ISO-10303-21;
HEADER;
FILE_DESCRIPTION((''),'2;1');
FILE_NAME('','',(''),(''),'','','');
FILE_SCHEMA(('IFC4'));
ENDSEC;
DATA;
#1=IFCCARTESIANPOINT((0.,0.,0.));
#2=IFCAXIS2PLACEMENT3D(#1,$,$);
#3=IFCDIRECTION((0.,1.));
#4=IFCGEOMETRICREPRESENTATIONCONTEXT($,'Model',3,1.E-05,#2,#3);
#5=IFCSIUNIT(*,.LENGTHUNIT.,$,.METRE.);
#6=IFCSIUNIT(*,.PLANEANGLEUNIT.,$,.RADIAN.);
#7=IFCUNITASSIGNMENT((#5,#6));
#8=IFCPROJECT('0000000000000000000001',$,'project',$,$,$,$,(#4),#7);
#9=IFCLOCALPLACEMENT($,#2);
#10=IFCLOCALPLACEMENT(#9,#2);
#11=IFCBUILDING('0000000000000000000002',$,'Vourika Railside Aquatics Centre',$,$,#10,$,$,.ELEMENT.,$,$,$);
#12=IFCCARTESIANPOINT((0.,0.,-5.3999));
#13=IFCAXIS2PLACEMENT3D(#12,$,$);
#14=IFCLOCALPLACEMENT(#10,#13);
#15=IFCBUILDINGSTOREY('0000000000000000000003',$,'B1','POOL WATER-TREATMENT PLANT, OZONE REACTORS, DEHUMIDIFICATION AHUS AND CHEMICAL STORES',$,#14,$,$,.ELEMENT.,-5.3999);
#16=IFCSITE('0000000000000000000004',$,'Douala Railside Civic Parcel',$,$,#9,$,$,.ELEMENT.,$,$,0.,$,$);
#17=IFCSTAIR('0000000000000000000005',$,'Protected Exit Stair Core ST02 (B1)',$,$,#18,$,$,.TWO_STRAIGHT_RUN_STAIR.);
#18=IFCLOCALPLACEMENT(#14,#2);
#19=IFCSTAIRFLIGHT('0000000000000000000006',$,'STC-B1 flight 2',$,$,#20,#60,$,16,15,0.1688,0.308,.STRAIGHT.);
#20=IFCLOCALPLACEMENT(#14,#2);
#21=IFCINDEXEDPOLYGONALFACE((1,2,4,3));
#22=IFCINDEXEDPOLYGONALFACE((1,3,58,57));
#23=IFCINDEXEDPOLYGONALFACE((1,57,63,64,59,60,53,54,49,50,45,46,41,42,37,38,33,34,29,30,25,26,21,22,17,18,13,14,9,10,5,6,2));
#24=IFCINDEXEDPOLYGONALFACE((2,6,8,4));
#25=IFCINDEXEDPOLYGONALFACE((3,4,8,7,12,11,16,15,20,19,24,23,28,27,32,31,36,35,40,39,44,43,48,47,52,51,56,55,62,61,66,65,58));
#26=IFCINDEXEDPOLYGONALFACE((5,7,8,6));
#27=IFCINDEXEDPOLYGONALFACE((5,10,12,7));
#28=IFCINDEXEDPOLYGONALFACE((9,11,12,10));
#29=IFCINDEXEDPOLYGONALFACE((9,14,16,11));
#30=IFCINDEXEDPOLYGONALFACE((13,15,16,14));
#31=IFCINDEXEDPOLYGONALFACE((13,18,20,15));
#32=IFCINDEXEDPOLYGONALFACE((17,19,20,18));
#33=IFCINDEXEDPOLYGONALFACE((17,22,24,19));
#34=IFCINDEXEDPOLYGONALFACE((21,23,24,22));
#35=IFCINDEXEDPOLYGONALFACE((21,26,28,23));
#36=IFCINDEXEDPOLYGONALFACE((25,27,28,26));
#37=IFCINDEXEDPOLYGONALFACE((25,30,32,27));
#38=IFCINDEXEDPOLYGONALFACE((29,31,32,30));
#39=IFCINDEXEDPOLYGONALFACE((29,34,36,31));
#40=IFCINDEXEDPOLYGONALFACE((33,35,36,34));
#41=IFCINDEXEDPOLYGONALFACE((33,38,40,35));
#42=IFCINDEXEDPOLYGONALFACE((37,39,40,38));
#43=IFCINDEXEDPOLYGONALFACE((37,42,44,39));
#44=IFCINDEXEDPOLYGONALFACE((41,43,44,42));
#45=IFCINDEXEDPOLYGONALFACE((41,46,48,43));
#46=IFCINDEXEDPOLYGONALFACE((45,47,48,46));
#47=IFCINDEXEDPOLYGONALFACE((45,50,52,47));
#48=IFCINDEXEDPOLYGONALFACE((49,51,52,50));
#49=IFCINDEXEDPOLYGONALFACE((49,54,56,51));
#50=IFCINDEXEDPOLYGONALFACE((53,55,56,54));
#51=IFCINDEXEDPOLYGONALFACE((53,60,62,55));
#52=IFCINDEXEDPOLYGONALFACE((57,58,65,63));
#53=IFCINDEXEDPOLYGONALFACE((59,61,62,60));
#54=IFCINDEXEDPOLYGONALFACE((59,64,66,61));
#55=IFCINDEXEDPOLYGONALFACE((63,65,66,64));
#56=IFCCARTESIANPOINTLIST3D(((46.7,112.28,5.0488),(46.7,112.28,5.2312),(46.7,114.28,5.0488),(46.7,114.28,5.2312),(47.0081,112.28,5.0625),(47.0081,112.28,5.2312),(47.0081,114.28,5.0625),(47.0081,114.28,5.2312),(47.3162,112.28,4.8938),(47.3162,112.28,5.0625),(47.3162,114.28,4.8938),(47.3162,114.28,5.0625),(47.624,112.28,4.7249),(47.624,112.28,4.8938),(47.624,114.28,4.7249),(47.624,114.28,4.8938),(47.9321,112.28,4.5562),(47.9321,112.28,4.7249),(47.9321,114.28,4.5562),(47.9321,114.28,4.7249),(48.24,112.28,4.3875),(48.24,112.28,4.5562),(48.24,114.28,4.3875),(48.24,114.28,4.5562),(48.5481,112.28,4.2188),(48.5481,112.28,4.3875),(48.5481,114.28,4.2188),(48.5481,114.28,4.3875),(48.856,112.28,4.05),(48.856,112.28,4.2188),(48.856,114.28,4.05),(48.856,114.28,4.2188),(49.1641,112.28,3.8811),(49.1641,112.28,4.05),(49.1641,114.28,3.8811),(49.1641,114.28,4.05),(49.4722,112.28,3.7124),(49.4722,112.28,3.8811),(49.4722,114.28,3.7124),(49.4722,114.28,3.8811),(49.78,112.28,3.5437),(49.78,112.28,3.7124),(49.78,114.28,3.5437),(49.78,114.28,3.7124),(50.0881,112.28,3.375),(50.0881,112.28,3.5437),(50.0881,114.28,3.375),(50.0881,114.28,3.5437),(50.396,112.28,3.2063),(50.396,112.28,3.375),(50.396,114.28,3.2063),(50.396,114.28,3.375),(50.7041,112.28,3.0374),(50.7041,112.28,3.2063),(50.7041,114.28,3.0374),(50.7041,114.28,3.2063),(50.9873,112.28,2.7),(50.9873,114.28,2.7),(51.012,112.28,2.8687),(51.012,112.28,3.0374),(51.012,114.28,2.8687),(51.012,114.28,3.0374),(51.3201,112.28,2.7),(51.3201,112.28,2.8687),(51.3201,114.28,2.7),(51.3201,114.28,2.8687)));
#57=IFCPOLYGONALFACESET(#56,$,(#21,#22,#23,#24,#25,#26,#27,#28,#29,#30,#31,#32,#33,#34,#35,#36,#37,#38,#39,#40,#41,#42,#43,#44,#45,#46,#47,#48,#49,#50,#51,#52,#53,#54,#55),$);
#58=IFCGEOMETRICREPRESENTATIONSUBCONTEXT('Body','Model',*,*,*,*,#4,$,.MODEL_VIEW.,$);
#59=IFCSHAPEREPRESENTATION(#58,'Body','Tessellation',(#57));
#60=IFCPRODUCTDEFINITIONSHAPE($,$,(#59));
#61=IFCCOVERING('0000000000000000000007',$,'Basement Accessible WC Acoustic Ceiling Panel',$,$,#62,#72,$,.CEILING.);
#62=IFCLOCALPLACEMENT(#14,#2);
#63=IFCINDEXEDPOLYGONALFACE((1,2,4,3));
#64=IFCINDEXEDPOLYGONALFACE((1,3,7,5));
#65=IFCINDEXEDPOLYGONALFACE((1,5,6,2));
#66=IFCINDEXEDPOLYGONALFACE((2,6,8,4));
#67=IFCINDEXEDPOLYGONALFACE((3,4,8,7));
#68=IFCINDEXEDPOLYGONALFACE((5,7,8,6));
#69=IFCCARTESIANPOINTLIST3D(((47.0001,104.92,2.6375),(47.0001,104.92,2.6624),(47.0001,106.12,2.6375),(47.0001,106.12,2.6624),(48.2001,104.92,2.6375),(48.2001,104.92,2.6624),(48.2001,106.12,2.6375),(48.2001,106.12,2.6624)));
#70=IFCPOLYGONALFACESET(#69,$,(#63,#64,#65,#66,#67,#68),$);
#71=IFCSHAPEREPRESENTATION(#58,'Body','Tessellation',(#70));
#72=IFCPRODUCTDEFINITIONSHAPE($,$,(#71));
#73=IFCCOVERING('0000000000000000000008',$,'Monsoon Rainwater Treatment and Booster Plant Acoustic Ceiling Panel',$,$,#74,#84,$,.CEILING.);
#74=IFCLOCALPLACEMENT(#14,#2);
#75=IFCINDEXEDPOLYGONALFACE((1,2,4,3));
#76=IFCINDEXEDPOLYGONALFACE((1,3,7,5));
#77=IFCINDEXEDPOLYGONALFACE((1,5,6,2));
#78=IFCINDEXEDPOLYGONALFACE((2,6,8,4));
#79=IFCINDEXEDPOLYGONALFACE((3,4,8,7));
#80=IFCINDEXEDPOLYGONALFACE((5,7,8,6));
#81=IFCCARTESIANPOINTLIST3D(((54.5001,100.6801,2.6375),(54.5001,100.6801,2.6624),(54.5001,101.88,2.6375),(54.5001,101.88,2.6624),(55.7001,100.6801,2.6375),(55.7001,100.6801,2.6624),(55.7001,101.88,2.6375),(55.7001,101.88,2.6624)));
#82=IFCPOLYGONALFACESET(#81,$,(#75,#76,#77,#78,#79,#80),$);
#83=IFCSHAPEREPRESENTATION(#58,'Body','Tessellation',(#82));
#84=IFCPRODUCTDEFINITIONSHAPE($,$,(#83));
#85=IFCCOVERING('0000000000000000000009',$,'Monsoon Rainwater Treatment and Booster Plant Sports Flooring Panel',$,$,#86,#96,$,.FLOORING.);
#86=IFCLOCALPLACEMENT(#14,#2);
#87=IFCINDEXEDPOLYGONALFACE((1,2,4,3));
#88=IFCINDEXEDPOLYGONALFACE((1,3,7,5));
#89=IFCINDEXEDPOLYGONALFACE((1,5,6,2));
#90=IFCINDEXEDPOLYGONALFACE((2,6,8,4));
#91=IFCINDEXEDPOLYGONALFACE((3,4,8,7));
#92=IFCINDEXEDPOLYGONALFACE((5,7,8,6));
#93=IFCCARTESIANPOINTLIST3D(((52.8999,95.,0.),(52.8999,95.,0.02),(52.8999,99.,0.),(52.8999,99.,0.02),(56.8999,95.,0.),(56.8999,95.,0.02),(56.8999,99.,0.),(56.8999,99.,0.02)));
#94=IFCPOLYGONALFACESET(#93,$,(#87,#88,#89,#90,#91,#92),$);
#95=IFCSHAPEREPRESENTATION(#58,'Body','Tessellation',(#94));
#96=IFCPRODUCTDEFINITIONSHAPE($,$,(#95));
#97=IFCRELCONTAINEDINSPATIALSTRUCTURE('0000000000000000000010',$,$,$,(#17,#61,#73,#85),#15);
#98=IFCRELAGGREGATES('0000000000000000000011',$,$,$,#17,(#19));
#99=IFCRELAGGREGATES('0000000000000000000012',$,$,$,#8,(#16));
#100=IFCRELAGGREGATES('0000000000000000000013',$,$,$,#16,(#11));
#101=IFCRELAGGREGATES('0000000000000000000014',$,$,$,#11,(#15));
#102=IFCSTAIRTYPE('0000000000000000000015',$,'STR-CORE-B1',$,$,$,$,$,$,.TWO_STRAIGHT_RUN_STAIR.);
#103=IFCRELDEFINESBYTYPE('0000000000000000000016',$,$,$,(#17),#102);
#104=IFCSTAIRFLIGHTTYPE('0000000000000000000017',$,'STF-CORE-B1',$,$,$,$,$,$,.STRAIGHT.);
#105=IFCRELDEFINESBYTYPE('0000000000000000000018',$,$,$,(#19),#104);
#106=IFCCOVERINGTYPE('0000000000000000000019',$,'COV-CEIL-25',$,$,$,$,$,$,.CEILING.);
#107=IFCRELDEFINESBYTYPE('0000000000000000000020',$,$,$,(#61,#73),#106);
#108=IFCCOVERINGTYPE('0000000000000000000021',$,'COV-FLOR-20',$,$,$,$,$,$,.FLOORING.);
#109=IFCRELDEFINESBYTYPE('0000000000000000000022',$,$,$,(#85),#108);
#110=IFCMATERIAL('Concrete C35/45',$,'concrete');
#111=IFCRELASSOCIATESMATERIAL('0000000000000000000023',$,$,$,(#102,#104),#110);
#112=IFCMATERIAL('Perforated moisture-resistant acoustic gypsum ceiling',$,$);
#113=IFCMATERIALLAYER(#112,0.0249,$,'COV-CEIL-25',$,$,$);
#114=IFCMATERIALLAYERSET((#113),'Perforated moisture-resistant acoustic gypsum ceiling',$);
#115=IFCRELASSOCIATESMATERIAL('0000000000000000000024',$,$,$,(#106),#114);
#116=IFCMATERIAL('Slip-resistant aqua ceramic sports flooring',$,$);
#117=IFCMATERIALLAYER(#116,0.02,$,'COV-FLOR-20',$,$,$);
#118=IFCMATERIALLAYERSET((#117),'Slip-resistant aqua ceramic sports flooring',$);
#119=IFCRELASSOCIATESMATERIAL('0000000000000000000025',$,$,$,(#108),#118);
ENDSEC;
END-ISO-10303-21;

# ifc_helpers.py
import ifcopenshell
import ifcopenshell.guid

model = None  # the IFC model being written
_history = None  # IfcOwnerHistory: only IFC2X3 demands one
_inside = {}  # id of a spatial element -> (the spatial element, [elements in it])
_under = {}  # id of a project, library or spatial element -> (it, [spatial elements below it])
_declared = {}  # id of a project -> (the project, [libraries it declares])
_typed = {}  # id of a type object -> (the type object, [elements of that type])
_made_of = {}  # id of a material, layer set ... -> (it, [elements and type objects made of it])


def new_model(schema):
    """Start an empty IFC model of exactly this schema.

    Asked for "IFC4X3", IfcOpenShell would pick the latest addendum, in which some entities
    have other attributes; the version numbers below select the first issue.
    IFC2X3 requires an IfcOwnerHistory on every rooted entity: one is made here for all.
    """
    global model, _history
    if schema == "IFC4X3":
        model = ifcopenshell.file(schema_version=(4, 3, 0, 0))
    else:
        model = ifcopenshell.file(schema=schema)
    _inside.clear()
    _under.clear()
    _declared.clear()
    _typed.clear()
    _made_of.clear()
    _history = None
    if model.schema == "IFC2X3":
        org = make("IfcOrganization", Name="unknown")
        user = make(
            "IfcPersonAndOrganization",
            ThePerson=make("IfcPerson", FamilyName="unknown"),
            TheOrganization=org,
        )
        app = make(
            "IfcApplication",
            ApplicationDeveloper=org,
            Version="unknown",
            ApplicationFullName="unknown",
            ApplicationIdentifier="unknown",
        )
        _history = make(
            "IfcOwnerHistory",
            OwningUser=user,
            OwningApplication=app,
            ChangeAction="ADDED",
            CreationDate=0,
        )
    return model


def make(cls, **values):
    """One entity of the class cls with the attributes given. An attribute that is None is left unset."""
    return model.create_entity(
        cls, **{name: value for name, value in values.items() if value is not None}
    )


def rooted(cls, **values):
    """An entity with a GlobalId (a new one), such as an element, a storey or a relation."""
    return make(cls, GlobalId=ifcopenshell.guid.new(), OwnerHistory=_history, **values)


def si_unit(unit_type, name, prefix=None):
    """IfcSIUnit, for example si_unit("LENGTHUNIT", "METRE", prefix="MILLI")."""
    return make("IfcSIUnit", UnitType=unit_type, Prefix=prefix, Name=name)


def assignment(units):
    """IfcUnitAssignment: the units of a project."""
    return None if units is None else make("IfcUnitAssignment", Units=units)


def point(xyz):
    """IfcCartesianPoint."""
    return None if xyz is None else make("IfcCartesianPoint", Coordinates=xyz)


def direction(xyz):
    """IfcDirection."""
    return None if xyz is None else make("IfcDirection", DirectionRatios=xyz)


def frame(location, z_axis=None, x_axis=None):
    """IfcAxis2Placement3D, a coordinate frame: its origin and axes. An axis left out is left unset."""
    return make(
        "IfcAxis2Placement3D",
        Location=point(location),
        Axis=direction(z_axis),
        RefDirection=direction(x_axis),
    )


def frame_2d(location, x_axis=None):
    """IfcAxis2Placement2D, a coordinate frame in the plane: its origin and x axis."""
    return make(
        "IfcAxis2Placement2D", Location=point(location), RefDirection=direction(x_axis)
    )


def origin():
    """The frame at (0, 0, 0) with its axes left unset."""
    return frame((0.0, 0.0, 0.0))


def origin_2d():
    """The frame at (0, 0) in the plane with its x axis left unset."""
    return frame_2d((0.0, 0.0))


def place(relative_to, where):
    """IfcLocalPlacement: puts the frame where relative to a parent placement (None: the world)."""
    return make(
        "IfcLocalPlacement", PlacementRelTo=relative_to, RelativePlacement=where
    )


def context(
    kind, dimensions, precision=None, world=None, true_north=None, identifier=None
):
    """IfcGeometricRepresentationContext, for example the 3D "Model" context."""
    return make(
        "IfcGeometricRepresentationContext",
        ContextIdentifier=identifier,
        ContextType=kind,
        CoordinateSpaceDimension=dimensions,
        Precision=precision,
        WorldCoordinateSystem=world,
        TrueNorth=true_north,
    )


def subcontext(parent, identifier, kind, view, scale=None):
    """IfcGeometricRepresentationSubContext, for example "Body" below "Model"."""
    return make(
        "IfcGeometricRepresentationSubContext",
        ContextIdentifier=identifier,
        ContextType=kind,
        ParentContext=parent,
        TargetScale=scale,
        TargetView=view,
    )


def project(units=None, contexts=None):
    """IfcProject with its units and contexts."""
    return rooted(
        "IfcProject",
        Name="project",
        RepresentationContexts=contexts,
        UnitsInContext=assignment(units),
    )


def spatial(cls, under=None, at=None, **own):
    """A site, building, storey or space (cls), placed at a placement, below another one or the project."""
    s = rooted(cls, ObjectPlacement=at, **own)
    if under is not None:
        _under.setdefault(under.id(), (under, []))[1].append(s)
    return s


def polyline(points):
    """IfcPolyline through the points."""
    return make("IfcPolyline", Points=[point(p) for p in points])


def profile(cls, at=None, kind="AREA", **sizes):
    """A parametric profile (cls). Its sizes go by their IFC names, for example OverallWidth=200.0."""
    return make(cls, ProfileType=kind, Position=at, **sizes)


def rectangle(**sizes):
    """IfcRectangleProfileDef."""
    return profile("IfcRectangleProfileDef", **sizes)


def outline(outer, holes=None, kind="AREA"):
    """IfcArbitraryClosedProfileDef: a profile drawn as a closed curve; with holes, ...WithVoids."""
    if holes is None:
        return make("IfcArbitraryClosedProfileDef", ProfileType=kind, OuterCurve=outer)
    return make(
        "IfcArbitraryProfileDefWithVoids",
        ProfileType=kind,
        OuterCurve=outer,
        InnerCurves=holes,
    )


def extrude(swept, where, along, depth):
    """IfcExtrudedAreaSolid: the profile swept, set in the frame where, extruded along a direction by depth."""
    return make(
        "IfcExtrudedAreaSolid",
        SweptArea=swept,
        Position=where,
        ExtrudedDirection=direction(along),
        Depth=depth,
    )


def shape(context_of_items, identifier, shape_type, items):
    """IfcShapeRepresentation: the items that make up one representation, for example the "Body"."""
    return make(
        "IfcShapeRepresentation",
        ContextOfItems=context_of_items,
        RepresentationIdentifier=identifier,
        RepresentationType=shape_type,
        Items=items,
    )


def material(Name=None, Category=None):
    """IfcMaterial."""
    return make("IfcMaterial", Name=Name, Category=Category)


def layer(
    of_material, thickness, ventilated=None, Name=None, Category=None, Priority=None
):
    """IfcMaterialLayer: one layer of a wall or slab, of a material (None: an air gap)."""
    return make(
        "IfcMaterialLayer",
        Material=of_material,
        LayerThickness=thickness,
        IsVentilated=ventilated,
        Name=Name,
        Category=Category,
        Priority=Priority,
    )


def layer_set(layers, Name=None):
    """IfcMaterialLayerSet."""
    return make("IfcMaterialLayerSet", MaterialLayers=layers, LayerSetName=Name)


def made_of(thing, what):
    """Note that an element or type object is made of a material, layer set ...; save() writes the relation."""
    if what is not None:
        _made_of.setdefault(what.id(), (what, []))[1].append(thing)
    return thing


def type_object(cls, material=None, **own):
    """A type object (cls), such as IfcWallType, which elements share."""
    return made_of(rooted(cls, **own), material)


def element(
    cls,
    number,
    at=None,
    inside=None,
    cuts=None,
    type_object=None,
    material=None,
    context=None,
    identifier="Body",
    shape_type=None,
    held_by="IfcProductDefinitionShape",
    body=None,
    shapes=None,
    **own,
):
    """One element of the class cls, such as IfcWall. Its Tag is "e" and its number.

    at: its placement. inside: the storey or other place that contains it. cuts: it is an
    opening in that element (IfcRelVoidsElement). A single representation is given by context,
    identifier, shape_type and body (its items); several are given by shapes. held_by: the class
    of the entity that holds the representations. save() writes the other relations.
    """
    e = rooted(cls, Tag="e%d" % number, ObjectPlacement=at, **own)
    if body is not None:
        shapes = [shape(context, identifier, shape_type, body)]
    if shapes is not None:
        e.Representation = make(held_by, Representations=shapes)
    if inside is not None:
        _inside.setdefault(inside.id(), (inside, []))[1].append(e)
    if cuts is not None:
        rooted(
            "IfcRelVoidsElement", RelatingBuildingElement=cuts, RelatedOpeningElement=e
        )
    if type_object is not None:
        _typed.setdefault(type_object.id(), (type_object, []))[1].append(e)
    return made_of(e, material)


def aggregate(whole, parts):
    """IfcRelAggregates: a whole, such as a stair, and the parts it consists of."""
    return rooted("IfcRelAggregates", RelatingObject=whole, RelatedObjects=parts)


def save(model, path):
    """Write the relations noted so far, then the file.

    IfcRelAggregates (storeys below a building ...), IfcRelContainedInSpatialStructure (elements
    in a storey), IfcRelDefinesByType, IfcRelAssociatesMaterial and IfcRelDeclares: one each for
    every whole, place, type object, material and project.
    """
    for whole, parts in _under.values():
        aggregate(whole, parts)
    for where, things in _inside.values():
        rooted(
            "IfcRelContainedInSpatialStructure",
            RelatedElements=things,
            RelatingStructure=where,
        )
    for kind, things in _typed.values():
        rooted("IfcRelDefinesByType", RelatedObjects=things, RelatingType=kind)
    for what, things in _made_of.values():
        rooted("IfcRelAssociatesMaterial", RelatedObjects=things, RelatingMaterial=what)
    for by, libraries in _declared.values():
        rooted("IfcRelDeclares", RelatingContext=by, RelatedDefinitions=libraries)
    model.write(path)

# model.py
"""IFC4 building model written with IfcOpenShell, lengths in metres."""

from ifc_helpers import new_model, si_unit, direction, frame, origin, origin_2d, place, context, subcontext, project, spatial, polyline, rectangle, outline, extrude, material, layer, layer_set, type_object, element, aggregate, save


model = new_model("IFC4")

# Units and contexts
model_context = context("Model", 3, precision=1e-05, world=origin(), true_north=direction((0.0, 1.0)))
body_context = subcontext(model_context, "Body", "Model", "MODEL_VIEW")
ifc_project = project(units=[si_unit("LENGTHUNIT", "METRE"), si_unit("PLANEANGLEUNIT", "RADIAN")], contexts=[model_context])

# Site, building, storey
site_placement = place(None, origin())
site = spatial("IfcSite", under=ifc_project, at=site_placement, Name="Douala Railside Civic Parcel", CompositionType="ELEMENT", RefElevation=0.0)
building_placement = place(site_placement, origin())
building = spatial("IfcBuilding", under=site, at=building_placement, Name="Vourika Railside Aquatics Centre", CompositionType="ELEMENT")
storey_placement = place(building_placement, frame((0.0, 0.0, -5.3999)))
storey = spatial("IfcBuildingStorey", under=building, at=storey_placement, Name="B1", Description="POOL WATER-TREATMENT PLANT, OZONE REACTORS, DEHUMIDIFICATION AHUS AND CHEMICAL STORES", CompositionType="ELEMENT", Elevation=-5.3999)

# Shared definitions
ifc_material_1 = material(Name="Concrete C35/45", Category="concrete")

# Stair, stair flight
stair_type = type_object("IfcStairType", Name="STR-CORE-B1", PredefinedType="TWO_STRAIGHT_RUN_STAIR", material=ifc_material_1)
stair_placement = place(storey_placement, origin())
stair = element("IfcStair", 1, at=stair_placement, inside=storey, type_object=stair_type, Name="Protected Exit Stair Core ST02 (B1)", PredefinedType="TWO_STRAIGHT_RUN_STAIR")
stair_flight_type = type_object("IfcStairFlightType", Name="STF-CORE-B1", PredefinedType="STRAIGHT", material=ifc_material_1)
stair_flight_1_placement = place(storey_placement, frame((51.3201, 113.28, 2.7), z_axis=(0.0, 0.0, 1.0), x_axis=(-1.0, 0.0, 0.0)))
stair_flight_1 = element("IfcStairFlight", 2, at=stair_flight_1_placement, type_object=stair_flight_type, Name="STC-B1 flight 2", NumberOfRisers=16, NumberOfTreads=15, PredefinedType="STRAIGHT", RiserHeight=0.1688, TreadLength=0.308, context=body_context, shape_type="SweptSolid", body=[
    extrude(outline(polyline([(0.0, 0.0), (0.0, 0.1687), (0.3081, 0.1687), (0.3081, 0.3374), (0.616, 0.3374), (0.616, 0.5063), (0.9241, 0.5063), (0.9241, 0.675), (1.2319, 0.675), (1.2319, 0.8438), (1.54, 0.8438), (1.54, 1.0125), (1.8479, 1.0125), (1.8479, 1.1812), (2.156, 1.1812), (2.156, 1.3501), (2.4641, 1.3501), (2.4641, 1.5188), (2.772, 1.5188), (2.772, 1.6875), (3.0801, 1.6875), (3.0801, 1.8562), (3.3879, 1.8562), (3.3879, 2.0249), (3.696, 2.0249), (3.696, 2.1938), (4.0039, 2.1938), (4.0039, 2.3625), (4.312, 2.3625), (4.312, 2.5312), (4.6201, 2.5312), (4.6201, 2.7), (4.6201, 2.3489), (0.3328, 0.0), (0.0, 0.0)])), frame((0.0, 1.0, 0.0), z_axis=(0.0, -1.0, 0.0), x_axis=(1.0, 0.0, 0.0)), (0.0, 0.0, 1.0), 2.0),
])
aggregate(stair, [stair_flight_1])

# Coverings
ifc_material_2 = material(Name="Perforated moisture-resistant acoustic gypsum ceiling")
ifc_layer_1 = layer(ifc_material_2, 0.0249, Name="COV-CEIL-25")
ifc_layer_set_1 = layer_set([ifc_layer_1], Name="Perforated moisture-resistant acoustic gypsum ceiling")
covering_type_1 = type_object("IfcCoveringType", Name="COV-CEIL-25", PredefinedType="CEILING", material=ifc_layer_set_1)
for number, where, z_axis, x_axis, name in (
    (3, (47.6001, 105.52, 2.6375), (0.0, 0.0, 1.0), (1.0, 0.0, 0.0), "Basement Accessible WC Acoustic Ceiling Panel"),
    (4, (55.1001, 101.28, 2.6375), (0.0, 0.0, 1.0), (1.0, 0.0, 0.0), "Monsoon Rainwater Treatment and Booster Plant Acoustic Ceiling Panel"),
):
    element("IfcCovering", number, at=place(storey_placement, frame(where, z_axis=z_axis, x_axis=x_axis)), inside=storey, type_object=covering_type_1, Name=name, PredefinedType="CEILING", context=body_context, shape_type="SweptSolid", body=[
        extrude(rectangle(XDim=1.2, YDim=1.2, at=origin_2d()), origin(), (0.0, 0.0, 1.0), 0.0249),
    ])
ifc_material_3 = material(Name="Slip-resistant aqua ceramic sports flooring")
ifc_layer_2 = layer(ifc_material_3, 0.02, Name="COV-FLOR-20")
ifc_layer_set_2 = layer_set([ifc_layer_2], Name="Slip-resistant aqua ceramic sports flooring")
covering_type_2 = type_object("IfcCoveringType", Name="COV-FLOR-20", PredefinedType="FLOORING", material=ifc_layer_set_2)
covering_placement = place(storey_placement, frame((54.8999, 97.0, 0.0), z_axis=(0.0, 0.0, 1.0), x_axis=(1.0, 0.0, 0.0)))
element("IfcCovering", 5, at=covering_placement, inside=storey, type_object=covering_type_2, Name="Monsoon Rainwater Treatment and Booster Plant Sports Flooring Panel", PredefinedType="FLOORING", context=body_context, shape_type="SweptSolid", body=[
    extrude(rectangle(XDim=4.0, YDim=4.0, at=origin_2d()), origin(), (0.0, 0.0, 1.0), 0.02),
])

save(model, "model.ifc")
